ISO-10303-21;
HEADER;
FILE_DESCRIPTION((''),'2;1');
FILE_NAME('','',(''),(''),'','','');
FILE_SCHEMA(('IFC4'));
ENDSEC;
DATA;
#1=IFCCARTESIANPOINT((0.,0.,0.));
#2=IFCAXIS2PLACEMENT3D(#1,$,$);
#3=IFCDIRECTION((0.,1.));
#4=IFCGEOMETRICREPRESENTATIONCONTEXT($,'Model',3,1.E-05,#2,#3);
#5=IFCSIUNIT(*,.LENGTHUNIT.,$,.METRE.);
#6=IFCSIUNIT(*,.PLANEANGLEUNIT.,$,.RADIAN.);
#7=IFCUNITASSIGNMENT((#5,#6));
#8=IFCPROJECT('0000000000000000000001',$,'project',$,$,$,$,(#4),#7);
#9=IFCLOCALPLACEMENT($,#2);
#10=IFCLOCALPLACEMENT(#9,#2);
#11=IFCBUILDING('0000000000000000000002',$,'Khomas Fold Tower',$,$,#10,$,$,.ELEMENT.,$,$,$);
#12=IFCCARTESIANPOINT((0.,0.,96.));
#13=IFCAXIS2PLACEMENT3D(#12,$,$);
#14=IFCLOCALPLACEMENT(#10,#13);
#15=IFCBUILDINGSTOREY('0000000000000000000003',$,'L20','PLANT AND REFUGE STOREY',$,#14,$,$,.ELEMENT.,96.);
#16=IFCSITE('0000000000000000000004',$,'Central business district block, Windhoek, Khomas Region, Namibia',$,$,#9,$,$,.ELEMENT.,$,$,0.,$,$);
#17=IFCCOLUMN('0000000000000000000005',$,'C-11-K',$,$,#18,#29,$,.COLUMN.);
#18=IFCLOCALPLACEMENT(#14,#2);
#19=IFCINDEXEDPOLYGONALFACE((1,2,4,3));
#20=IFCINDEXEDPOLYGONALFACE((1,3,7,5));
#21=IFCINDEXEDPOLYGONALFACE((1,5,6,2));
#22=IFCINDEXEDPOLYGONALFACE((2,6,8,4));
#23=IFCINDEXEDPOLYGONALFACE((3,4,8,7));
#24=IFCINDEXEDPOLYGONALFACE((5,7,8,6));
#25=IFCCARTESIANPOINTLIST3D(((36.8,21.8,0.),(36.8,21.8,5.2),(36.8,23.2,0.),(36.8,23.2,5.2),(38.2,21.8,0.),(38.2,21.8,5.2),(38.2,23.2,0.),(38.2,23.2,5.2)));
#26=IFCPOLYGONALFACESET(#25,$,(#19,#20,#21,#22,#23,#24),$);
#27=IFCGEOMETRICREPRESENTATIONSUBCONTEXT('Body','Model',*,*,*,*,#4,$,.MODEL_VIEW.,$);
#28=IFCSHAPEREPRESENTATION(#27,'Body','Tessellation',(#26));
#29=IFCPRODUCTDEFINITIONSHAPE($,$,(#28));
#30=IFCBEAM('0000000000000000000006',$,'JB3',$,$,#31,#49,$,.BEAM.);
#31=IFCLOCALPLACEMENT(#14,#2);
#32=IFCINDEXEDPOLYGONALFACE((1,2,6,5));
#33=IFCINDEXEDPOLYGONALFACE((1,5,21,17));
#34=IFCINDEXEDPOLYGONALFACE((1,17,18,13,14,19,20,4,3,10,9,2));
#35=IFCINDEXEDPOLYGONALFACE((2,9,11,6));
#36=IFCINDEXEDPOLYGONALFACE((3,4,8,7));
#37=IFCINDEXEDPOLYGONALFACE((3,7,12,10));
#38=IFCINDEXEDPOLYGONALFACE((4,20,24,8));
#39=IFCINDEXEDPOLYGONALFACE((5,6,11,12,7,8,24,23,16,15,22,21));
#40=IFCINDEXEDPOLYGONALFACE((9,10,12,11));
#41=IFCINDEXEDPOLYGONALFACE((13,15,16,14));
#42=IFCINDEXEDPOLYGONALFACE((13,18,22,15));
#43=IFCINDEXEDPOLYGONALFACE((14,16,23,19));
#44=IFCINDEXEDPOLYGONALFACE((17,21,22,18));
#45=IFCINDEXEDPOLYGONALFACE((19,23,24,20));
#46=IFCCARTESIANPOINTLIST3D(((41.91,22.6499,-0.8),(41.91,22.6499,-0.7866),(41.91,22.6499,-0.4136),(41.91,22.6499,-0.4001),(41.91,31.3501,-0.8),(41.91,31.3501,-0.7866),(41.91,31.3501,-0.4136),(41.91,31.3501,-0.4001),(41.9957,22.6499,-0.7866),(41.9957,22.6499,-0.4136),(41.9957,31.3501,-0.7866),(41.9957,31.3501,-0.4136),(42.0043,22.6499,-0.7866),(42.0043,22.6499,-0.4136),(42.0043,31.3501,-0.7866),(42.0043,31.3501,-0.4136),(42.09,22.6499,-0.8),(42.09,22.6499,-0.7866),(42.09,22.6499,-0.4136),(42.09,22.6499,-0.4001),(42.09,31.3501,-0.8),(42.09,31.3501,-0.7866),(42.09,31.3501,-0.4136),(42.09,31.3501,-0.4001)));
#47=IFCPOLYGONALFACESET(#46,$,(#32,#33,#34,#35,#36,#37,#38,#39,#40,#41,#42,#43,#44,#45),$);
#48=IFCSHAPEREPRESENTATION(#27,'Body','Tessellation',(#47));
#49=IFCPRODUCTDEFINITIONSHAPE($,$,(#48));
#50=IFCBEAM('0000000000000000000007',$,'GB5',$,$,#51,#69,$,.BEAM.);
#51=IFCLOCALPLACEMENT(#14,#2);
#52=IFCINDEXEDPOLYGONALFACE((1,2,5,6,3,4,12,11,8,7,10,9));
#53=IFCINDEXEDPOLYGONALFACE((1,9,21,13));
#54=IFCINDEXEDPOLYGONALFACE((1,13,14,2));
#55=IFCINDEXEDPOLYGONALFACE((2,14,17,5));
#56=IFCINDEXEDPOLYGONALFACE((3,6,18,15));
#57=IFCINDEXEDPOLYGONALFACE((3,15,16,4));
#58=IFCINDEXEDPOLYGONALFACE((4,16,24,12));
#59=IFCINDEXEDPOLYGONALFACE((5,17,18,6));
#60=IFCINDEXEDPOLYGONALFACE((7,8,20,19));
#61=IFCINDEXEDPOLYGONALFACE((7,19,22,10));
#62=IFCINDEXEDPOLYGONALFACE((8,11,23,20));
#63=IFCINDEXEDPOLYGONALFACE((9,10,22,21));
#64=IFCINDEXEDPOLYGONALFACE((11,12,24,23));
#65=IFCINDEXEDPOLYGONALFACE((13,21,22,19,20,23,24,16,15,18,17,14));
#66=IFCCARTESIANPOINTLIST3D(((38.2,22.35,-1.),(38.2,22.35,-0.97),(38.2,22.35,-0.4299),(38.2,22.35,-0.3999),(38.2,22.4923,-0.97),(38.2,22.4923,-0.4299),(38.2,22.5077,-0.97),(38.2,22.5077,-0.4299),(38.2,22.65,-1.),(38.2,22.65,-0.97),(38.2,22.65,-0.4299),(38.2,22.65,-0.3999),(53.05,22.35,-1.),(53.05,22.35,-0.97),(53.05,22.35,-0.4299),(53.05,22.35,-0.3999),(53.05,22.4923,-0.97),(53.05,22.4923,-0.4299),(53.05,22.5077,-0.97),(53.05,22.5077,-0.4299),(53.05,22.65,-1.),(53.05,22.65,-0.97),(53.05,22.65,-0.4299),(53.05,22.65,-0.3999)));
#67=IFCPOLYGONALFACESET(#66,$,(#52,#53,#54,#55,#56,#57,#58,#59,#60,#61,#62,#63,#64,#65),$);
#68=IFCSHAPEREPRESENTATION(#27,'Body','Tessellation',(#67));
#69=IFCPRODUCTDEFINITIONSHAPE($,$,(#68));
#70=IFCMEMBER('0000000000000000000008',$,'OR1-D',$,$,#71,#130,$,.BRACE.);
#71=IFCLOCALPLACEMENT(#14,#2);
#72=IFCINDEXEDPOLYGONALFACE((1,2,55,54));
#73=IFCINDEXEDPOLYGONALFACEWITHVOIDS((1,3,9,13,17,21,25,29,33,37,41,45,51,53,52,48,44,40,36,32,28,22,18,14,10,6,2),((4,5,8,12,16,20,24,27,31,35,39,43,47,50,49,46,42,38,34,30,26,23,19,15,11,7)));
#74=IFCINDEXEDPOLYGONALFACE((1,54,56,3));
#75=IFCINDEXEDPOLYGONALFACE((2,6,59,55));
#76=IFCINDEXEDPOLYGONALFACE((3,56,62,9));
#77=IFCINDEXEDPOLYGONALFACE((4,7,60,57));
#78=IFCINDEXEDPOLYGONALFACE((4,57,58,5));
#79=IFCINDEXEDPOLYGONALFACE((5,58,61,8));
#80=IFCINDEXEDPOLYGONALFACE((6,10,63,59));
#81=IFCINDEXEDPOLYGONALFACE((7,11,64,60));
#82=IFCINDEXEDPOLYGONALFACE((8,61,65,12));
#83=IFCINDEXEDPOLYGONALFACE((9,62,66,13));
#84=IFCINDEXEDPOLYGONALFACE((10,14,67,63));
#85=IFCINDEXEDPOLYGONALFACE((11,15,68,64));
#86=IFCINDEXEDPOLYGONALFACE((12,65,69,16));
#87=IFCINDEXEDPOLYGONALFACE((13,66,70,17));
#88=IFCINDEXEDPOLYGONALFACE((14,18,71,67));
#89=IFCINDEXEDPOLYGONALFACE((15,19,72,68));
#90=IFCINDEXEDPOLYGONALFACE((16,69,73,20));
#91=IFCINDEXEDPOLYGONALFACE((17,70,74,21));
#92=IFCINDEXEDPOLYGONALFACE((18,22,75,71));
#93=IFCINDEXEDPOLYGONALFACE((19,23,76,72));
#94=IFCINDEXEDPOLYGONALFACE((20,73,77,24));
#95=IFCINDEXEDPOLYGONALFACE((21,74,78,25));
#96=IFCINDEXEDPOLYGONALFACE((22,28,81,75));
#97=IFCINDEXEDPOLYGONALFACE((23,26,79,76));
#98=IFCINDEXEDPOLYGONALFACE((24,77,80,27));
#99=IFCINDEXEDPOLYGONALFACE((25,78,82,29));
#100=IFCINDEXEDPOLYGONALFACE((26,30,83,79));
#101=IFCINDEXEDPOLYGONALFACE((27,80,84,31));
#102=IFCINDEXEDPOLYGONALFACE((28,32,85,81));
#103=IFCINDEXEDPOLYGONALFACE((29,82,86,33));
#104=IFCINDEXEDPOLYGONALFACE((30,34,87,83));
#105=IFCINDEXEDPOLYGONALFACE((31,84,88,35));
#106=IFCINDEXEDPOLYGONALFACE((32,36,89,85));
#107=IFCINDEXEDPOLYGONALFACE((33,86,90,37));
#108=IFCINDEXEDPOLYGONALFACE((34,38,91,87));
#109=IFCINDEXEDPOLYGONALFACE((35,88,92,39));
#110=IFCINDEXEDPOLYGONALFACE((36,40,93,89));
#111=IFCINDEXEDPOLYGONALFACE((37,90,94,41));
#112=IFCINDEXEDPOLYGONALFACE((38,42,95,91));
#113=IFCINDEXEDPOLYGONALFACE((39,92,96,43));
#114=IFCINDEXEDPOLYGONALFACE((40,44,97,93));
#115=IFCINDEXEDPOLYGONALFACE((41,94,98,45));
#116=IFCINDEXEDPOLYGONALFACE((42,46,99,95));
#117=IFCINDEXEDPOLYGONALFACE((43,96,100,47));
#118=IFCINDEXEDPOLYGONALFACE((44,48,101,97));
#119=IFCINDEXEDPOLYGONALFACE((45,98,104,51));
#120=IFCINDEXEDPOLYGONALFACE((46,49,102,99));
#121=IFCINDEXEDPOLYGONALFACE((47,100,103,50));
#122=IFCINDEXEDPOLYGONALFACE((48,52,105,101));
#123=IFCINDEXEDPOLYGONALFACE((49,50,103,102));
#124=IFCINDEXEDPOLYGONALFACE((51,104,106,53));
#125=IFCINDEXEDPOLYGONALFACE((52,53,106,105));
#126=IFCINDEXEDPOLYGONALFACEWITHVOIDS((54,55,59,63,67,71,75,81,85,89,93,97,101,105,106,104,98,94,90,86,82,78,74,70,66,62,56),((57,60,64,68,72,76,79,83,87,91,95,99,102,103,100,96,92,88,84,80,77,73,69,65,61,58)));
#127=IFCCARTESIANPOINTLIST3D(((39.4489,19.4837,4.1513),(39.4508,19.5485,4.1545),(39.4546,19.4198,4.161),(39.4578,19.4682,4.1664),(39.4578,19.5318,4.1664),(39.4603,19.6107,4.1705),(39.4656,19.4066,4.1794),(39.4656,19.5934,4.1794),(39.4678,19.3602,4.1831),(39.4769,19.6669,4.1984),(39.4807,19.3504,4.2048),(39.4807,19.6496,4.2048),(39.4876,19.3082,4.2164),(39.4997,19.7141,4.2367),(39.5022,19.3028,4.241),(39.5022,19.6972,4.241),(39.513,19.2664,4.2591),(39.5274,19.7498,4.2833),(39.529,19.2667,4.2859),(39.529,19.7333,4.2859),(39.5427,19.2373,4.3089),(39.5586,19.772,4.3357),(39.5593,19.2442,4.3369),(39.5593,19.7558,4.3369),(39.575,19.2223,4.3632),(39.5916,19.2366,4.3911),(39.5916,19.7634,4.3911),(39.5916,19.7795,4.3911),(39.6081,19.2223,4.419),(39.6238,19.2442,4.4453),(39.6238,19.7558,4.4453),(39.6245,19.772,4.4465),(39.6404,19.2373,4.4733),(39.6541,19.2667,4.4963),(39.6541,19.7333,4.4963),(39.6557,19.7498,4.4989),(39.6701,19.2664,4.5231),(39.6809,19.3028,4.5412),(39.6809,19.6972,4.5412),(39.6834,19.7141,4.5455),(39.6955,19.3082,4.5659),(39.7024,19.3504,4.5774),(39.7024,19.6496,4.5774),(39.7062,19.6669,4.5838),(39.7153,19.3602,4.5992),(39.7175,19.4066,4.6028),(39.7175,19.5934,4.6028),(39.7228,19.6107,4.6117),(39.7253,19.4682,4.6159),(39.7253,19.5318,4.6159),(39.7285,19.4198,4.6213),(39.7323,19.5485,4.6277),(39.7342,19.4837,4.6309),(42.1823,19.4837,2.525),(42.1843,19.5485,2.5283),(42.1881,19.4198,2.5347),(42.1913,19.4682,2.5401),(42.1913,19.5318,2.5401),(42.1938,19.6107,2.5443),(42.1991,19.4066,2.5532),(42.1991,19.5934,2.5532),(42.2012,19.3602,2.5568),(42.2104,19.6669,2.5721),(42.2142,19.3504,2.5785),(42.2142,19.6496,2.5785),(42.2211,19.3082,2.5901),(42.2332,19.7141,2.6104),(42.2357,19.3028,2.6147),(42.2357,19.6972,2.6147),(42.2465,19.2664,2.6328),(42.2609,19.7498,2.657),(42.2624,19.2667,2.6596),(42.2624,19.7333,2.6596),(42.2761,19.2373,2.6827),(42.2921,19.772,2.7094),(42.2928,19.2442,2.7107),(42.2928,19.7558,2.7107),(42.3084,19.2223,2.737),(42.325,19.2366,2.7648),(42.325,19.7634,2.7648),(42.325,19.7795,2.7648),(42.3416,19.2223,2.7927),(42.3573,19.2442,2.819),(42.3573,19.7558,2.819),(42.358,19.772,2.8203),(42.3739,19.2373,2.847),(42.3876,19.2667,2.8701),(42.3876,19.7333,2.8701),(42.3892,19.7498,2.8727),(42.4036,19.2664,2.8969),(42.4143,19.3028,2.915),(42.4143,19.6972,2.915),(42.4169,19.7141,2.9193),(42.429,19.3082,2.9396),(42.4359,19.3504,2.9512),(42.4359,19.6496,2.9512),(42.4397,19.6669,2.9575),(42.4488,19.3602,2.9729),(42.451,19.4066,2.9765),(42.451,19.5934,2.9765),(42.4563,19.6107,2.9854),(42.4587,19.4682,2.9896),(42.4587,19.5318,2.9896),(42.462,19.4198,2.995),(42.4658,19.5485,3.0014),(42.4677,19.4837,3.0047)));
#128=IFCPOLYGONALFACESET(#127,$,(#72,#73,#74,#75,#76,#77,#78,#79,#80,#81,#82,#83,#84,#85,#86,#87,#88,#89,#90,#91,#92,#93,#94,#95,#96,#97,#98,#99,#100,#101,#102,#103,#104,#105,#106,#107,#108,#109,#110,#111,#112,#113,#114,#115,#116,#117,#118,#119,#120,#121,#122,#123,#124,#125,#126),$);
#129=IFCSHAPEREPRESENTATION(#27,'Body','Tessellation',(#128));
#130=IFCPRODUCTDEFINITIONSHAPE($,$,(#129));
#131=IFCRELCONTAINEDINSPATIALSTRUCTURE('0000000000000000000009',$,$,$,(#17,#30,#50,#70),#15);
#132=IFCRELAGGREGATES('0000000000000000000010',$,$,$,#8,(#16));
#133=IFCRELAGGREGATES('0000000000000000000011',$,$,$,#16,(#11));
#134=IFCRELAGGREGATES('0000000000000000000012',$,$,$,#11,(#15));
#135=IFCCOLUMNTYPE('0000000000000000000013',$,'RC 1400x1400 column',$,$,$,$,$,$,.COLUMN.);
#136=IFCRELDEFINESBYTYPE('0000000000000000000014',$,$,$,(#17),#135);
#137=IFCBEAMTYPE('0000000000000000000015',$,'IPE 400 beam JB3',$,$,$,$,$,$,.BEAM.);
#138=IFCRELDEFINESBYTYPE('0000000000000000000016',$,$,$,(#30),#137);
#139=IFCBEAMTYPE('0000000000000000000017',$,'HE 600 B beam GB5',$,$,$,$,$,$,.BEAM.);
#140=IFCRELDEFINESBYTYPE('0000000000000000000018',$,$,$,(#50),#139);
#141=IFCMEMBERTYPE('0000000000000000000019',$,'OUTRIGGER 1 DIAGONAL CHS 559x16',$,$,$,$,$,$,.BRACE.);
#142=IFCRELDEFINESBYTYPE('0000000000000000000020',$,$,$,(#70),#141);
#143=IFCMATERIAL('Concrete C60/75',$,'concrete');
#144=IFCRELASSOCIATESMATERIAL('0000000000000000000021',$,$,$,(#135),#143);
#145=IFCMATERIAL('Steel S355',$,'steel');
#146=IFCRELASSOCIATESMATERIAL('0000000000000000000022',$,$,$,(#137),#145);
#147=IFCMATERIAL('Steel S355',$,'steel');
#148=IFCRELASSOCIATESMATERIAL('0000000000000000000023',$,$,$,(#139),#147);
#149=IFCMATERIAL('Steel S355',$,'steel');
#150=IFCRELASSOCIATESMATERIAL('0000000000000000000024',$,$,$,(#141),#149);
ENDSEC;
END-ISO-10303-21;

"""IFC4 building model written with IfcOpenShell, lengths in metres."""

from ifc_helpers import new_model, si_unit, direction, frame, origin, origin_2d, place, context, subcontext, project, spatial, rectangle, hollow_circle, i_section, extrude, source, transform, mapped, material, material_profile, profile_set, type_object, element, save


model = new_model("IFC4")

# Units and contexts
model_context = context("Model", 3, precision=1e-05, world=origin(), true_north=direction((0.0, 1.0)))
body_context = subcontext(model_context, "Body", "Model", "MODEL_VIEW")
ifc_project = project(units=[si_unit("LENGTHUNIT", "METRE"), si_unit("PLANEANGLEUNIT", "RADIAN")], contexts=[model_context])

# Site, building, storey
site_placement = place(None, origin())
site = spatial("IfcSite", under=ifc_project, at=site_placement, Name="Central business district block, Windhoek, Khomas Region, Namibia", CompositionType="ELEMENT", RefElevation=0.0)
building_placement = place(site_placement, origin())
building = spatial("IfcBuilding", under=site, at=building_placement, Name="Khomas Fold Tower", CompositionType="ELEMENT")
storey_placement = place(building_placement, frame((0.0, 0.0, 96.0)))
storey = spatial("IfcBuildingStorey", under=building, at=storey_placement, Name="L20", Description="PLANT AND REFUGE STOREY", CompositionType="ELEMENT", Elevation=96.0)

# Column
ifc_material_1 = material(Name="Concrete C60/75", Category="concrete")
ifc_material_profile_1 = material_profile(ifc_material_1, rectangle(XDim=1.3999, YDim=1.3999, at=origin_2d()), Name="RC 1400x1400")
ifc_profile_set_1 = profile_set([ifc_material_profile_1], Name="Concrete C60/75")
column_type = type_object("IfcColumnType", Name="RC 1400x1400 column", PredefinedType="COLUMN", material=ifc_profile_set_1)
shared_shape_1 = source(origin(), body_context, "Body", "SweptSolid", [
    extrude(rectangle(XDim=1.3999, YDim=1.3999, at=origin_2d()), origin(), (0.0, 0.0, 1.0), 5.2),
])
column_placement = place(storey_placement, frame((37.5, 22.5, 0.0), z_axis=(0.0, 0.0, 1.0), x_axis=(1.0, 0.0, 0.0)))
element("IfcColumn", 1, at=column_placement, inside=storey, type_object=column_type, Name="C-11-K", PredefinedType="COLUMN", context=body_context, shape_type="MappedRepresentation", body=[
    mapped(shared_shape_1, transform((0.0, 0.0, 0.0))),
])

# Beams
ifc_material_2 = material(Name="Steel S355", Category="steel")
ifc_material_profile_2 = material_profile(ifc_material_2, i_section(OverallWidth=0.1799, OverallDepth=0.3999, WebThickness=0.0085, FlangeThickness=0.0134, at=origin_2d()), Name="IPE 400")
ifc_profile_set_2 = profile_set([ifc_material_profile_2], Name="Steel S355")
beam_type_1 = type_object("IfcBeamType", Name="IPE 400 beam JB3", PredefinedType="BEAM", material=ifc_profile_set_2)
shared_shape_2 = source(origin(), body_context, "Body", "SweptSolid", [
    extrude(i_section(OverallWidth=0.1799, OverallDepth=0.3999, WebThickness=0.0085, FlangeThickness=0.0134, at=origin_2d()), origin(), (0.0, 0.0, 1.0), 8.7002),
])
beam_1_placement = place(storey_placement, frame((42.0, 22.6499, -0.6001), z_axis=(0.0, 1.0, 0.0), x_axis=(-1.0, 0.0, 0.0)))
element("IfcBeam", 2, at=beam_1_placement, inside=storey, type_object=beam_type_1, Name="JB3", PredefinedType="BEAM", context=body_context, shape_type="MappedRepresentation", body=[
    mapped(shared_shape_2, transform((0.0, 0.0, 0.0))),
])
ifc_material_3 = material(Name="Steel S355", Category="steel")
ifc_material_profile_3 = material_profile(ifc_material_3, i_section(OverallWidth=0.3, OverallDepth=0.6001, WebThickness=0.0154, FlangeThickness=0.03, at=origin_2d()), Name="HE 600 B")
ifc_profile_set_3 = profile_set([ifc_material_profile_3], Name="Steel S355")
beam_type_2 = type_object("IfcBeamType", Name="HE 600 B beam GB5", PredefinedType="BEAM", material=ifc_profile_set_3)
shared_shape_3 = source(origin(), body_context, "Body", "SweptSolid", [
    extrude(i_section(OverallWidth=0.3, OverallDepth=0.6001, WebThickness=0.0154, FlangeThickness=0.03, at=origin_2d()), origin(), (0.0, 0.0, 1.0), 14.8501),
])
beam_2_placement = place(storey_placement, frame((38.2, 22.5, -0.7), z_axis=(1.0, 0.0, 0.0), x_axis=(0.0, 1.0, 0.0)))
element("IfcBeam", 3, at=beam_2_placement, inside=storey, type_object=beam_type_2, Name="GB5", PredefinedType="BEAM", context=body_context, shape_type="MappedRepresentation", body=[
    mapped(shared_shape_3, transform((0.0, 0.0, 0.0))),
])

# Member
ifc_material_4 = material(Name="Steel S355", Category="steel")
ifc_material_profile_4 = material_profile(ifc_material_4, hollow_circle(Radius=0.2795, WallThickness=0.0161, at=origin_2d()), Name="CHS 559x16")
ifc_profile_set_4 = profile_set([ifc_material_profile_4], Name="Steel S355")
member_type_1 = type_object("IfcMemberType", Name="OUTRIGGER 1 DIAGONAL CHS 559x16", PredefinedType="BRACE", material=ifc_profile_set_4)
shared_shape_4 = source(origin(), body_context, "Body", "SweptSolid", [
    extrude(hollow_circle(Radius=0.2795, WallThickness=0.0161, at=origin_2d()), origin(), (0.0, 0.0, 1.0), 3.1807),
])
for number, where, z_axis, x_axis, name in (
    (4, (39.5916, 19.5, 4.3911), (0.859404, 0.0, -0.511298), (0.0, 1.0, 0.0), "OR1-D"),
):
    element("IfcMember", number, at=place(storey_placement, frame(where, z_axis=z_axis, x_axis=x_axis)), inside=storey, type_object=member_type_1, Name=name, PredefinedType="BRACE", context=body_context, shape_type="MappedRepresentation", body=[
        mapped(shared_shape_4, transform((0.0, 0.0, 0.0))),
    ])

save(model, "model.ifc")
